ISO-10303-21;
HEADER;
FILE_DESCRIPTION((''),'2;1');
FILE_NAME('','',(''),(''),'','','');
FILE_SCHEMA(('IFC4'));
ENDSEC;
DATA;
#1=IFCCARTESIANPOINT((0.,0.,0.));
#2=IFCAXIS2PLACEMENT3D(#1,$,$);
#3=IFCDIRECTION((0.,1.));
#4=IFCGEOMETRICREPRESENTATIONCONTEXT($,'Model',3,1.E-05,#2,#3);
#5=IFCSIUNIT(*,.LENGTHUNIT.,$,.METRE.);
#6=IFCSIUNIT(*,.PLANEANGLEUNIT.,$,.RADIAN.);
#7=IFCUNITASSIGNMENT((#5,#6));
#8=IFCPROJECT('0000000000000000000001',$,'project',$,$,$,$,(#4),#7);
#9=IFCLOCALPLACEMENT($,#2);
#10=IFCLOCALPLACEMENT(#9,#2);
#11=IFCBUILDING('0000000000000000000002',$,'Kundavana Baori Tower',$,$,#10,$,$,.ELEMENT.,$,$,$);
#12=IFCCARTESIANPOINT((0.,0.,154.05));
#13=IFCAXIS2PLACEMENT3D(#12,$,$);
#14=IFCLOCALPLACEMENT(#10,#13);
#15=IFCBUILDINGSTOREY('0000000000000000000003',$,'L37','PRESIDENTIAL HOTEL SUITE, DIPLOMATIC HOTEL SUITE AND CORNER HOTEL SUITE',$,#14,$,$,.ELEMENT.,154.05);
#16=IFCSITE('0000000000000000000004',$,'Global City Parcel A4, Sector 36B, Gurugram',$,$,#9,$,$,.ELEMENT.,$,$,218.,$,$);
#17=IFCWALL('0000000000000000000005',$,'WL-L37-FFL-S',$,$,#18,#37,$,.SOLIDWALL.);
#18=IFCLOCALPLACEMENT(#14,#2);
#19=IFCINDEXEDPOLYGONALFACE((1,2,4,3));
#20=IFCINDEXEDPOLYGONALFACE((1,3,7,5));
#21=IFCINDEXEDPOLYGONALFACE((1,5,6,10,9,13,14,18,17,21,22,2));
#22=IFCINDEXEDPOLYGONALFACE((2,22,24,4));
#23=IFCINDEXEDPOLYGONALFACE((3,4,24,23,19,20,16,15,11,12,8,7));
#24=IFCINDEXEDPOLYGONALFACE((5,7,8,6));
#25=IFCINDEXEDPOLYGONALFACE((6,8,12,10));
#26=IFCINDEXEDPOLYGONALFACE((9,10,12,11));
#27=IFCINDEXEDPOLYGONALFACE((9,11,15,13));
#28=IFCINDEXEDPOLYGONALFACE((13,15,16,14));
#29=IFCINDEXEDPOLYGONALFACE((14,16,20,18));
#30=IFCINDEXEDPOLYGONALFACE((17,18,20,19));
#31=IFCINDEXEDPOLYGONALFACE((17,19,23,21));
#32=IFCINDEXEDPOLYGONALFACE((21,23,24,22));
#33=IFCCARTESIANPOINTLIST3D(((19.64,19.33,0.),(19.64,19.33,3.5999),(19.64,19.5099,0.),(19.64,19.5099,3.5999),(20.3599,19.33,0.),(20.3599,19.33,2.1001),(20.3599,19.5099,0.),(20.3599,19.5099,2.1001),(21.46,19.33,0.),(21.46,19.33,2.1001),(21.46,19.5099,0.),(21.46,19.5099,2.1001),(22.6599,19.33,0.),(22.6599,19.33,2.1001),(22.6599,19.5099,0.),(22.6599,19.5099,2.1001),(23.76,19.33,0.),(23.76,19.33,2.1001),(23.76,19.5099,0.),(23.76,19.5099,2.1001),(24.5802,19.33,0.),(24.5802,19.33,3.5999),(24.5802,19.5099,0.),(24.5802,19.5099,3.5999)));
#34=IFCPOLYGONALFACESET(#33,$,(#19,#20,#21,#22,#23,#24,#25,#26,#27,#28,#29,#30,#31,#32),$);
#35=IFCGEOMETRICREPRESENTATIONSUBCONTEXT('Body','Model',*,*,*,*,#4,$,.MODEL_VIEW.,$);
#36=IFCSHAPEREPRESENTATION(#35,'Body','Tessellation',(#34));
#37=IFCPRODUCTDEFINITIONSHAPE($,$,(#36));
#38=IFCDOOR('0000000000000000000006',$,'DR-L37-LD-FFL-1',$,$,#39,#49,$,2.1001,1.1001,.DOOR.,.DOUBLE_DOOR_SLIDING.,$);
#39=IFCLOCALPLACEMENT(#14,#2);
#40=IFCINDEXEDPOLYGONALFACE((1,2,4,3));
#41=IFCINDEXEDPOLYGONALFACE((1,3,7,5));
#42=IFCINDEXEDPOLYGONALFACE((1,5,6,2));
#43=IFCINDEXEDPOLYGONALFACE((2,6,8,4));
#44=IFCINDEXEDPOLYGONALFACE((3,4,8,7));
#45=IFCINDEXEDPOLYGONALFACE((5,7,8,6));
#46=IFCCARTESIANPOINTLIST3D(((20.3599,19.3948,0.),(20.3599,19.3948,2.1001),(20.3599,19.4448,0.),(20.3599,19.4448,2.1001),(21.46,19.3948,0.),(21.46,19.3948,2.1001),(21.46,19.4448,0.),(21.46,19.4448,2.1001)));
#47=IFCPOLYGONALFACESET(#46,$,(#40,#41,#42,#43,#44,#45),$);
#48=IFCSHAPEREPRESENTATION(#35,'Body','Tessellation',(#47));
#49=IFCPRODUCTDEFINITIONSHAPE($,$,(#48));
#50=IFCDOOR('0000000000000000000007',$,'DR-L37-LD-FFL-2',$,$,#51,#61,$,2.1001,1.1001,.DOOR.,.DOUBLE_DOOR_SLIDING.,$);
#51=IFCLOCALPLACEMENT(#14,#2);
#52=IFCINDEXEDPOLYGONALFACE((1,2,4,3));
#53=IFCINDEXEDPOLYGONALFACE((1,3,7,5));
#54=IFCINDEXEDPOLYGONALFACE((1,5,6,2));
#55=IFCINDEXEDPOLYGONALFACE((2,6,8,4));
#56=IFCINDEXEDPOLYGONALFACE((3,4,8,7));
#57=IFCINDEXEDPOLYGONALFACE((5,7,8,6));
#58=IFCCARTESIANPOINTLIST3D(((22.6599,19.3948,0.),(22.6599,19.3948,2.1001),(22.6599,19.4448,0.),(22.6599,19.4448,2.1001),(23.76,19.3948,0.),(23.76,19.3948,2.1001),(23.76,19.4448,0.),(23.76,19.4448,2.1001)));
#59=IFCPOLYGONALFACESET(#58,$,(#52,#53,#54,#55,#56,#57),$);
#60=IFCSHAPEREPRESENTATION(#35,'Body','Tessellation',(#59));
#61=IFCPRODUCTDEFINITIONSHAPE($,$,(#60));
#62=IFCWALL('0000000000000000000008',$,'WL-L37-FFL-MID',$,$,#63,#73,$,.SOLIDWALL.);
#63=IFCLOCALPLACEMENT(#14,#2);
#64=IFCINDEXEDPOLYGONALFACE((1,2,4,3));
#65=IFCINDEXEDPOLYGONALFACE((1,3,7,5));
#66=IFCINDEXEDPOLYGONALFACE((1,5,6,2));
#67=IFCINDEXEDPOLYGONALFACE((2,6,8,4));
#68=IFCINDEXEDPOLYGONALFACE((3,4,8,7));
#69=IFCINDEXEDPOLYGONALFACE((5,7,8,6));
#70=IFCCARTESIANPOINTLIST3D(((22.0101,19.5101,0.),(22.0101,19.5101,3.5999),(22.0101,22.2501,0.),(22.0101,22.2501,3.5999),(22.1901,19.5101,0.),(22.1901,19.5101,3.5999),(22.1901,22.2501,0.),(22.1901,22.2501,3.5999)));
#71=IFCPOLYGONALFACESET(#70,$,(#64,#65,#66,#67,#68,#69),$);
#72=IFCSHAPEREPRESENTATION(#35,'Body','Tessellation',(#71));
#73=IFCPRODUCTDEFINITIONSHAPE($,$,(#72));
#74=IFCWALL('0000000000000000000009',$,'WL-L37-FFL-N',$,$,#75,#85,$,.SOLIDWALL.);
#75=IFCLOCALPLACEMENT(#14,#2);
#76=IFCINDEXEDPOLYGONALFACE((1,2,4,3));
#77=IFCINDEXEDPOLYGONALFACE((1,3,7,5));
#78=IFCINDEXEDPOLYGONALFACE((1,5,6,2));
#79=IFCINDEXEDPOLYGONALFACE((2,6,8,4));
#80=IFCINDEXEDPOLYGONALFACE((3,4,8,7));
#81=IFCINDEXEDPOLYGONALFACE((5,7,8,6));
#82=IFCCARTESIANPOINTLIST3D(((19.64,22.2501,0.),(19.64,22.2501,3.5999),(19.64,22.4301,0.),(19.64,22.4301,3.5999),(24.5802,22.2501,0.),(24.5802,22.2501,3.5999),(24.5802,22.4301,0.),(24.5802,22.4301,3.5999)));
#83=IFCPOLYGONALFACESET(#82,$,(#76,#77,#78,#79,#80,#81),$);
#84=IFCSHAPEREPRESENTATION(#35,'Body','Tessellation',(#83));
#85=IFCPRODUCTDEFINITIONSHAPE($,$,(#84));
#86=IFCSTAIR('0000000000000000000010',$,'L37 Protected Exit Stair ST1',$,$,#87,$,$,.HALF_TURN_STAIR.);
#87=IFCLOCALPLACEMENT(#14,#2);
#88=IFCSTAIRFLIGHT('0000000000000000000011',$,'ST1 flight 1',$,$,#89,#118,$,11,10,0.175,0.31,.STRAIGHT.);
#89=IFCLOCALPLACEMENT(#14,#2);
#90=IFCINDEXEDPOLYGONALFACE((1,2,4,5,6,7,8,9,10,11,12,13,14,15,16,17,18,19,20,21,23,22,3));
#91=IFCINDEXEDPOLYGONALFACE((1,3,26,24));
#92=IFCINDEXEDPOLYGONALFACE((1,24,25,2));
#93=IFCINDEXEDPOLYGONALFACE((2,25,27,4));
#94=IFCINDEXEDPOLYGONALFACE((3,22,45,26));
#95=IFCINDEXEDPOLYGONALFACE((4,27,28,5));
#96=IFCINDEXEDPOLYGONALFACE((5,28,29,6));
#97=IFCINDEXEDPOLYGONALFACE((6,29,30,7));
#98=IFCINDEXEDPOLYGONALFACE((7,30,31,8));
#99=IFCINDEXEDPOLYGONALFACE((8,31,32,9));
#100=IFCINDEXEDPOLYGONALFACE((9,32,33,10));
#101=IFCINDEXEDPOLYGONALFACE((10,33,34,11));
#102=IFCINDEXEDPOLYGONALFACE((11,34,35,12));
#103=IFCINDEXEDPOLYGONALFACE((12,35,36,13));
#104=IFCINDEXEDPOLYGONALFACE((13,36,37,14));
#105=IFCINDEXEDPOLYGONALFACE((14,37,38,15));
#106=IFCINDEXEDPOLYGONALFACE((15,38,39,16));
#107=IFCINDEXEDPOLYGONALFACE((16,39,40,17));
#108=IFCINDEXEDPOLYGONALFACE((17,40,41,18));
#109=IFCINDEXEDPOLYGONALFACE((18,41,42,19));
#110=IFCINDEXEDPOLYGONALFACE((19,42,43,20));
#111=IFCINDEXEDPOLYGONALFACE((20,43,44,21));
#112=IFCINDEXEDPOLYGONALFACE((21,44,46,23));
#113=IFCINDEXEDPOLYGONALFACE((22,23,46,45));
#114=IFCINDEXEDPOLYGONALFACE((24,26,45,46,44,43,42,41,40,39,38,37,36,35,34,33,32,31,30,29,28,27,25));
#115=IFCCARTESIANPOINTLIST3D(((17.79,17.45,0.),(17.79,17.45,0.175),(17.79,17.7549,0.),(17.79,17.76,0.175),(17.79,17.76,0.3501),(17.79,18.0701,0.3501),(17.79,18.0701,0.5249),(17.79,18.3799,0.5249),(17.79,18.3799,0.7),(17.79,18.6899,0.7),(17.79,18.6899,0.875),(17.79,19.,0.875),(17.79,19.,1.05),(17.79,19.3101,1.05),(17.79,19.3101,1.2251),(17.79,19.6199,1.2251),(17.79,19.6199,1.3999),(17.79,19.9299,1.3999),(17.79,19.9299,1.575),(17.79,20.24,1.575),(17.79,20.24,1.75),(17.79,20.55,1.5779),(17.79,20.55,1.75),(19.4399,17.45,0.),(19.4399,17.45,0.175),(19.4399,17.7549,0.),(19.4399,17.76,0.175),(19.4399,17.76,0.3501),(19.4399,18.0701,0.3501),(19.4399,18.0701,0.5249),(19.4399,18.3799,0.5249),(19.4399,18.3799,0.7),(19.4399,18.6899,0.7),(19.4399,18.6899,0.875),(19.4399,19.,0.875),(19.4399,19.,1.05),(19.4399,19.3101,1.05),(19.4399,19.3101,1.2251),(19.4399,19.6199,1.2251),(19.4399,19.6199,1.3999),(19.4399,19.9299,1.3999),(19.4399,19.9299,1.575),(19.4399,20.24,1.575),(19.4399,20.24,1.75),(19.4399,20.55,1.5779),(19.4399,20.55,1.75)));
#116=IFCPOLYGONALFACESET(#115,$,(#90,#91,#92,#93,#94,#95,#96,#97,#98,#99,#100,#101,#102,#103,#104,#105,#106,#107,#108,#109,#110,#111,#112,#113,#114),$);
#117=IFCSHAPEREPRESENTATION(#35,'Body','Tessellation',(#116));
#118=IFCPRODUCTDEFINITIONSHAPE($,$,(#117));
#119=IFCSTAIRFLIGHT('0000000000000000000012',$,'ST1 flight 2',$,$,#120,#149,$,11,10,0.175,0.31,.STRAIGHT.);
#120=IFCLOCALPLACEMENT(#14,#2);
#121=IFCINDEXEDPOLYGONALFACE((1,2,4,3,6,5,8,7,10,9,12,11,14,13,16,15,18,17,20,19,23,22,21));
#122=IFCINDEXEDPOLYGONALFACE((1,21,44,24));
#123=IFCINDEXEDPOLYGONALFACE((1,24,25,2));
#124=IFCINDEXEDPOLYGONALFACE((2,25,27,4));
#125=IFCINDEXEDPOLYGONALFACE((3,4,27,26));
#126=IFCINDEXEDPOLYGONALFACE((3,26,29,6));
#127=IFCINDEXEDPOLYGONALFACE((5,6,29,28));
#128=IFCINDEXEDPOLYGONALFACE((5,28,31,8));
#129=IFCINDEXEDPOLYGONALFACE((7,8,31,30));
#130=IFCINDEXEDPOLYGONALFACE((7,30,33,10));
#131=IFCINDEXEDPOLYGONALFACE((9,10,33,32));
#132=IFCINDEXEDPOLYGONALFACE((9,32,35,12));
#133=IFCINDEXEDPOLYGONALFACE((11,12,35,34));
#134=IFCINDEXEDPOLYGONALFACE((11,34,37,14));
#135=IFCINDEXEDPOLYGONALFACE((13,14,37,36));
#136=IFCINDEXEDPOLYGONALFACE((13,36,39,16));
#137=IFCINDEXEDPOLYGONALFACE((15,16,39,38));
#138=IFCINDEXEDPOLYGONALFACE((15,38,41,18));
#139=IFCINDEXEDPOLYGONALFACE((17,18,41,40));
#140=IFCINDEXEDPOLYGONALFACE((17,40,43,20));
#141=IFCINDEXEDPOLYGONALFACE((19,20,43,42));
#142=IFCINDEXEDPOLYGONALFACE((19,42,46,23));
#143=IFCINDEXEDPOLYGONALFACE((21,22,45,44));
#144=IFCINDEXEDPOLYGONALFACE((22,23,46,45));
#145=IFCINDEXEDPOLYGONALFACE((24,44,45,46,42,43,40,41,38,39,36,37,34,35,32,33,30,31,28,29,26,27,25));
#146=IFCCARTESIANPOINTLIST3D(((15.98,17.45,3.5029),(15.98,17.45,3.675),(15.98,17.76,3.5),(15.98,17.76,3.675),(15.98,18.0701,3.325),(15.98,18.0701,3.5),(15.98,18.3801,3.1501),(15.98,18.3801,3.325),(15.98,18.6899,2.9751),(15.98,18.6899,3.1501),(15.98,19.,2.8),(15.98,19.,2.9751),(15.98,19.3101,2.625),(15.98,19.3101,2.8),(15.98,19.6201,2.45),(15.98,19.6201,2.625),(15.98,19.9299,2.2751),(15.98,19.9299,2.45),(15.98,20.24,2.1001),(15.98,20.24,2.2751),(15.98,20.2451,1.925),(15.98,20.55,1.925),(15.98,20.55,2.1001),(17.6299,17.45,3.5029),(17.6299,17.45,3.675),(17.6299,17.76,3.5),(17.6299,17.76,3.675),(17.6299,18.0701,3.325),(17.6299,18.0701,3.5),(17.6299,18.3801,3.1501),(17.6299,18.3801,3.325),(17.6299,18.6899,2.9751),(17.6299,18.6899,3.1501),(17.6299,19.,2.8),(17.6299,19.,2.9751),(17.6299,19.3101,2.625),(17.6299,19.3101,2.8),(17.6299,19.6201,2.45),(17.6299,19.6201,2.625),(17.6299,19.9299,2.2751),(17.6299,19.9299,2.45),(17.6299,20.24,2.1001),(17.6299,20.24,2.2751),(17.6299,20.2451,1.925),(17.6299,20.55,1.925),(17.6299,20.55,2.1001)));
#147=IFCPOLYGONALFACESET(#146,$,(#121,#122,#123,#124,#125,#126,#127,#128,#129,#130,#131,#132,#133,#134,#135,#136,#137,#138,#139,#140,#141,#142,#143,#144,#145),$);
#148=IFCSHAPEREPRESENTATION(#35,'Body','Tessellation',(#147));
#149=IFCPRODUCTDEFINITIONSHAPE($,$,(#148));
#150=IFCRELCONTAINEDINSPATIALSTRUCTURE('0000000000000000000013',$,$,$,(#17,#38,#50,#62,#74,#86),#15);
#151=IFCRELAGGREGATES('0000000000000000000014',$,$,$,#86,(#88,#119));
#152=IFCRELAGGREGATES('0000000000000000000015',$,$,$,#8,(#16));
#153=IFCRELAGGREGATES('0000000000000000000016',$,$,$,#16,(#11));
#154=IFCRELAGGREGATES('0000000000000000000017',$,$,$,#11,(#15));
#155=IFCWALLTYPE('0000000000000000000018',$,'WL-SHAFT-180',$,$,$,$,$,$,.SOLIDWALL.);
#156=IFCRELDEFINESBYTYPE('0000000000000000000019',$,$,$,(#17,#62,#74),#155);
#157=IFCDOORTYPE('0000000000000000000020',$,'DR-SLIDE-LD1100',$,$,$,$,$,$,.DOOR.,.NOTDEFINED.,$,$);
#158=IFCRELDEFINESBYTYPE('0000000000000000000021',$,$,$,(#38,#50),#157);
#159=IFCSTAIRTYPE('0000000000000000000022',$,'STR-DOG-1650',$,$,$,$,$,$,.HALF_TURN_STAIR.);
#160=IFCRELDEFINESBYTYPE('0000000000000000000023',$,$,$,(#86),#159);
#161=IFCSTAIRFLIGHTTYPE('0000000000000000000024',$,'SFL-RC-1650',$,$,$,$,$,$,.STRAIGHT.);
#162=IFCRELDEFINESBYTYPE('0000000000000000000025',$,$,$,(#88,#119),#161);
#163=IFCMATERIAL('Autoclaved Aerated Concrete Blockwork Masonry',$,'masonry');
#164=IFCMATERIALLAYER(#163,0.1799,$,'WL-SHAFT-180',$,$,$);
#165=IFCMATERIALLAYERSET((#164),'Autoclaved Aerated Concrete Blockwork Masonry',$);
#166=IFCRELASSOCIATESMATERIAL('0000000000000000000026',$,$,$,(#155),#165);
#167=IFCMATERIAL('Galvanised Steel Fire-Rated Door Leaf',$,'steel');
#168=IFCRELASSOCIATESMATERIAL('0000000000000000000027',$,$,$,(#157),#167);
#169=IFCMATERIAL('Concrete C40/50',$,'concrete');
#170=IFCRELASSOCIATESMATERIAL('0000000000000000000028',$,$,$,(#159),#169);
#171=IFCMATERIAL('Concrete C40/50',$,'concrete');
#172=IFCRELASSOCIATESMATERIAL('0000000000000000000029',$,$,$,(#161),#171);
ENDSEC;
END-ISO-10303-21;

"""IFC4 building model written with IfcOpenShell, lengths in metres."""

from ifc_helpers import new_model, si_unit, direction, frame, frame_2d, origin, place, context, subcontext, project, spatial, polyline, rectangle, outline, extrude, material, layer, layer_set, type_object, element, fill, aggregate, save


model = new_model("IFC4")

# Units and contexts
model_context = context("Model", 3, precision=1e-05, world=origin(), true_north=direction((0.0, 1.0)))
body_context = subcontext(model_context, "Body", "Model", "MODEL_VIEW")
ifc_project = project(units=[si_unit("LENGTHUNIT", "METRE"), si_unit("PLANEANGLEUNIT", "RADIAN")], contexts=[model_context])

# Site, building, storey
site_placement = place(None, origin())
site = spatial("IfcSite", under=ifc_project, at=site_placement, Name="Global City Parcel A4, Sector 36B, Gurugram", CompositionType="ELEMENT", RefElevation=218.0)
building_placement = place(site_placement, origin())
building = spatial("IfcBuilding", under=site, at=building_placement, Name="Kundavana Baori Tower", CompositionType="ELEMENT")
storey_placement = place(building_placement, frame((0.0, 0.0, 154.05)))
storey = spatial("IfcBuildingStorey", under=building, at=storey_placement, Name="L37", Description="PRESIDENTIAL HOTEL SUITE, DIPLOMATIC HOTEL SUITE AND CORNER HOTEL SUITE", CompositionType="ELEMENT", Elevation=154.05)

# Wall, openings, doors
ifc_material_1 = material(Name="Autoclaved Aerated Concrete Blockwork Masonry", Category="masonry")
ifc_layer_1 = layer(ifc_material_1, 0.1799, Name="WL-SHAFT-180")
ifc_layer_set_1 = layer_set([ifc_layer_1], Name="Autoclaved Aerated Concrete Blockwork Masonry")
wall_type_1 = type_object("IfcWallType", Name="WL-SHAFT-180", PredefinedType="SOLIDWALL", material=ifc_layer_set_1)
wall_1_placement = place(storey_placement, frame((19.6399, 19.4199, 0.0), z_axis=(0.0, 0.0, 1.0), x_axis=(1.0, 0.0, 0.0)))
wall_1 = element("IfcWall", 1, at=wall_1_placement, inside=storey, type_object=wall_type_1, Name="WL-L37-FFL-S", PredefinedType="SOLIDWALL", context=body_context, shape_type="SweptSolid", body=[
    extrude(rectangle(XDim=4.9402, YDim=0.1799, at=frame_2d((2.4702, 0.0))), origin(), (0.0, 0.0, 1.0), 3.5999),
])
opening_1_placement = place(wall_1_placement, frame((0.72, 0.0, 0.0)))
opening_1 = element("IfcOpeningElement", 2, at=opening_1_placement, cuts=wall_1, PredefinedType="OPENING", context=body_context, shape_type="SweptSolid", body=[
    extrude(rectangle(XDim=1.1001, YDim=2.1001, at=frame_2d((0.55, 1.05))), frame((0.0, 0.1001, 0.0), z_axis=(0.0, -1.0, 0.0), x_axis=(1.0, 0.0, 0.0)), (0.0, 0.0, 1.0), 0.2),
])
opening_2_placement = place(wall_1_placement, frame((3.02, 0.0, 0.0)))
opening_2 = element("IfcOpeningElement", 3, at=opening_2_placement, cuts=wall_1, PredefinedType="OPENING", context=body_context, shape_type="SweptSolid", body=[
    extrude(rectangle(XDim=1.1001, YDim=2.1001, at=frame_2d((0.55, 1.05))), frame((0.0, 0.1001, 0.0), z_axis=(0.0, -1.0, 0.0), x_axis=(1.0, 0.0, 0.0)), (0.0, 0.0, 1.0), 0.2),
])
ifc_material_2 = material(Name="Galvanised Steel Fire-Rated Door Leaf", Category="steel")
door_type_1 = type_object("IfcDoorType", Name="DR-SLIDE-LD1100", OperationType="NOTDEFINED", PredefinedType="DOOR", material=ifc_material_2)
door_1_placement = place(opening_1_placement, origin())
door_1 = element("IfcDoor", 4, at=door_1_placement, inside=storey, type_object=door_type_1, Name="DR-L37-LD-FFL-1", OperationType="DOUBLE_DOOR_SLIDING", OverallHeight=2.1001, OverallWidth=1.1001, PredefinedType="DOOR", context=body_context, shape_type="SweptSolid", body=[
    extrude(rectangle(XDim=1.1001, YDim=2.1001, at=frame_2d((0.55, 1.05))), frame((0.0, 0.0249, 0.0), z_axis=(0.0, -1.0, 0.0), x_axis=(1.0, 0.0, 0.0)), (0.0, 0.0, 1.0), 0.05),
])
fill(opening_1, door_1)
door_2_placement = place(opening_2_placement, origin())
door_2 = element("IfcDoor", 5, at=door_2_placement, inside=storey, type_object=door_type_1, Name="DR-L37-LD-FFL-2", OperationType="DOUBLE_DOOR_SLIDING", OverallHeight=2.1001, OverallWidth=1.1001, PredefinedType="DOOR", context=body_context, shape_type="SweptSolid", body=[
    extrude(rectangle(XDim=1.1001, YDim=2.1001, at=frame_2d((0.55, 1.05))), frame((0.0, 0.0249, 0.0), z_axis=(0.0, -1.0, 0.0), x_axis=(1.0, 0.0, 0.0)), (0.0, 0.0, 1.0), 0.05),
])
fill(opening_2, door_2)

# Walls
wall_2_placement = place(storey_placement, frame((22.1001, 19.51, 0.0), z_axis=(0.0, 0.0, 1.0), x_axis=(0.0, 1.0, 0.0)))
element("IfcWall", 6, at=wall_2_placement, inside=storey, type_object=wall_type_1, Name="WL-L37-FFL-MID", PredefinedType="SOLIDWALL", context=body_context, shape_type="SweptSolid", body=[
    extrude(rectangle(XDim=2.74, YDim=0.1799, at=frame_2d((1.3701, 0.0))), origin(), (0.0, 0.0, 1.0), 3.5999),
])
wall_3_placement = place(storey_placement, frame((19.6399, 22.3401, 0.0), z_axis=(0.0, 0.0, 1.0), x_axis=(1.0, 0.0, 0.0)))
element("IfcWall", 7, at=wall_3_placement, inside=storey, type_object=wall_type_1, Name="WL-L37-FFL-N", PredefinedType="SOLIDWALL", context=body_context, shape_type="SweptSolid", body=[
    extrude(rectangle(XDim=4.9402, YDim=0.1799, at=frame_2d((2.4702, 0.0))), origin(), (0.0, 0.0, 1.0), 3.5999),
])

# Stair, stair flights
ifc_material_3 = material(Name="Concrete C40/50", Category="concrete")
stair_type = type_object("IfcStairType", Name="STR-DOG-1650", PredefinedType="HALF_TURN_STAIR", material=ifc_material_3)
stair_placement = place(storey_placement, origin())
stair = element("IfcStair", 8, at=stair_placement, inside=storey, type_object=stair_type, Name="L37 Protected Exit Stair ST1", PredefinedType="HALF_TURN_STAIR")
ifc_material_4 = material(Name="Concrete C40/50", Category="concrete")
stair_flight_type = type_object("IfcStairFlightType", Name="SFL-RC-1650", PredefinedType="STRAIGHT", material=ifc_material_4)
stair_flight_1_placement = place(storey_placement, frame((18.615, 17.45, 0.0), z_axis=(0.0, 0.0, 1.0), x_axis=(0.0, 1.0, 0.0)))
stair_flight_1 = element("IfcStairFlight", 9, at=stair_flight_1_placement, type_object=stair_flight_type, Name="ST1 flight 1", NumberOfRisers=11, NumberOfTreads=10, PredefinedType="STRAIGHT", RiserHeight=0.175, TreadLength=0.31, context=body_context, shape_type="SweptSolid", body=[
    extrude(outline(polyline([(0.0, 0.0), (0.0, 0.175), (0.3101, 0.175), (0.3101, 0.3501), (0.6201, 0.3501), (0.6201, 0.5249), (0.9299, 0.5249), (0.9299, 0.7), (1.24, 0.7), (1.24, 0.875), (1.55, 0.875), (1.55, 1.05), (1.8601, 1.05), (1.8601, 1.2251), (2.1699, 1.2251), (2.1699, 1.3999), (2.48, 1.3999), (2.48, 1.575), (2.79, 1.575), (2.79, 1.75), (3.1001, 1.75), (3.1001, 1.925), (3.1001, 1.5779), (0.3049, 0.0), (0.0, 0.0)])), frame((0.0, 0.825, 0.0), z_axis=(0.0, -1.0, 0.0), x_axis=(1.0, 0.0, 0.0)), (0.0, 0.0, 1.0), 1.6499),
])
stair_flight_2_placement = place(storey_placement, frame((16.8049, 20.55, 1.925), z_axis=(0.0, 0.0, 1.0), x_axis=(0.0, -1.0, 0.0)))
stair_flight_2 = element("IfcStairFlight", 10, at=stair_flight_2_placement, type_object=stair_flight_type, Name="ST1 flight 2", NumberOfRisers=11, NumberOfTreads=10, PredefinedType="STRAIGHT", RiserHeight=0.175, TreadLength=0.31, context=body_context, shape_type="SweptSolid", body=[
    extrude(outline(polyline([(0.0, 0.0), (0.0, 0.175), (0.3101, 0.175), (0.3101, 0.3501), (0.6201, 0.3501), (0.6201, 0.5249), (0.9299, 0.5249), (0.9299, 0.7), (1.24, 0.7), (1.24, 0.875), (1.55, 0.875), (1.55, 1.05), (1.8601, 1.05), (1.8601, 1.2251), (2.1699, 1.2251), (2.1699, 1.3999), (2.48, 1.3999), (2.48, 1.575), (2.79, 1.575), (2.79, 1.75), (3.1001, 1.75), (3.1001, 1.925), (3.1001, 1.5779), (0.3049, 0.0), (0.0, 0.0)])), frame((0.0, 0.825, 0.0), z_axis=(0.0, -1.0, 0.0), x_axis=(1.0, 0.0, 0.0)), (0.0, 0.0, 1.0), 1.6499),
])
aggregate(stair, [stair_flight_1, stair_flight_2])

save(model, "model.ifc")
